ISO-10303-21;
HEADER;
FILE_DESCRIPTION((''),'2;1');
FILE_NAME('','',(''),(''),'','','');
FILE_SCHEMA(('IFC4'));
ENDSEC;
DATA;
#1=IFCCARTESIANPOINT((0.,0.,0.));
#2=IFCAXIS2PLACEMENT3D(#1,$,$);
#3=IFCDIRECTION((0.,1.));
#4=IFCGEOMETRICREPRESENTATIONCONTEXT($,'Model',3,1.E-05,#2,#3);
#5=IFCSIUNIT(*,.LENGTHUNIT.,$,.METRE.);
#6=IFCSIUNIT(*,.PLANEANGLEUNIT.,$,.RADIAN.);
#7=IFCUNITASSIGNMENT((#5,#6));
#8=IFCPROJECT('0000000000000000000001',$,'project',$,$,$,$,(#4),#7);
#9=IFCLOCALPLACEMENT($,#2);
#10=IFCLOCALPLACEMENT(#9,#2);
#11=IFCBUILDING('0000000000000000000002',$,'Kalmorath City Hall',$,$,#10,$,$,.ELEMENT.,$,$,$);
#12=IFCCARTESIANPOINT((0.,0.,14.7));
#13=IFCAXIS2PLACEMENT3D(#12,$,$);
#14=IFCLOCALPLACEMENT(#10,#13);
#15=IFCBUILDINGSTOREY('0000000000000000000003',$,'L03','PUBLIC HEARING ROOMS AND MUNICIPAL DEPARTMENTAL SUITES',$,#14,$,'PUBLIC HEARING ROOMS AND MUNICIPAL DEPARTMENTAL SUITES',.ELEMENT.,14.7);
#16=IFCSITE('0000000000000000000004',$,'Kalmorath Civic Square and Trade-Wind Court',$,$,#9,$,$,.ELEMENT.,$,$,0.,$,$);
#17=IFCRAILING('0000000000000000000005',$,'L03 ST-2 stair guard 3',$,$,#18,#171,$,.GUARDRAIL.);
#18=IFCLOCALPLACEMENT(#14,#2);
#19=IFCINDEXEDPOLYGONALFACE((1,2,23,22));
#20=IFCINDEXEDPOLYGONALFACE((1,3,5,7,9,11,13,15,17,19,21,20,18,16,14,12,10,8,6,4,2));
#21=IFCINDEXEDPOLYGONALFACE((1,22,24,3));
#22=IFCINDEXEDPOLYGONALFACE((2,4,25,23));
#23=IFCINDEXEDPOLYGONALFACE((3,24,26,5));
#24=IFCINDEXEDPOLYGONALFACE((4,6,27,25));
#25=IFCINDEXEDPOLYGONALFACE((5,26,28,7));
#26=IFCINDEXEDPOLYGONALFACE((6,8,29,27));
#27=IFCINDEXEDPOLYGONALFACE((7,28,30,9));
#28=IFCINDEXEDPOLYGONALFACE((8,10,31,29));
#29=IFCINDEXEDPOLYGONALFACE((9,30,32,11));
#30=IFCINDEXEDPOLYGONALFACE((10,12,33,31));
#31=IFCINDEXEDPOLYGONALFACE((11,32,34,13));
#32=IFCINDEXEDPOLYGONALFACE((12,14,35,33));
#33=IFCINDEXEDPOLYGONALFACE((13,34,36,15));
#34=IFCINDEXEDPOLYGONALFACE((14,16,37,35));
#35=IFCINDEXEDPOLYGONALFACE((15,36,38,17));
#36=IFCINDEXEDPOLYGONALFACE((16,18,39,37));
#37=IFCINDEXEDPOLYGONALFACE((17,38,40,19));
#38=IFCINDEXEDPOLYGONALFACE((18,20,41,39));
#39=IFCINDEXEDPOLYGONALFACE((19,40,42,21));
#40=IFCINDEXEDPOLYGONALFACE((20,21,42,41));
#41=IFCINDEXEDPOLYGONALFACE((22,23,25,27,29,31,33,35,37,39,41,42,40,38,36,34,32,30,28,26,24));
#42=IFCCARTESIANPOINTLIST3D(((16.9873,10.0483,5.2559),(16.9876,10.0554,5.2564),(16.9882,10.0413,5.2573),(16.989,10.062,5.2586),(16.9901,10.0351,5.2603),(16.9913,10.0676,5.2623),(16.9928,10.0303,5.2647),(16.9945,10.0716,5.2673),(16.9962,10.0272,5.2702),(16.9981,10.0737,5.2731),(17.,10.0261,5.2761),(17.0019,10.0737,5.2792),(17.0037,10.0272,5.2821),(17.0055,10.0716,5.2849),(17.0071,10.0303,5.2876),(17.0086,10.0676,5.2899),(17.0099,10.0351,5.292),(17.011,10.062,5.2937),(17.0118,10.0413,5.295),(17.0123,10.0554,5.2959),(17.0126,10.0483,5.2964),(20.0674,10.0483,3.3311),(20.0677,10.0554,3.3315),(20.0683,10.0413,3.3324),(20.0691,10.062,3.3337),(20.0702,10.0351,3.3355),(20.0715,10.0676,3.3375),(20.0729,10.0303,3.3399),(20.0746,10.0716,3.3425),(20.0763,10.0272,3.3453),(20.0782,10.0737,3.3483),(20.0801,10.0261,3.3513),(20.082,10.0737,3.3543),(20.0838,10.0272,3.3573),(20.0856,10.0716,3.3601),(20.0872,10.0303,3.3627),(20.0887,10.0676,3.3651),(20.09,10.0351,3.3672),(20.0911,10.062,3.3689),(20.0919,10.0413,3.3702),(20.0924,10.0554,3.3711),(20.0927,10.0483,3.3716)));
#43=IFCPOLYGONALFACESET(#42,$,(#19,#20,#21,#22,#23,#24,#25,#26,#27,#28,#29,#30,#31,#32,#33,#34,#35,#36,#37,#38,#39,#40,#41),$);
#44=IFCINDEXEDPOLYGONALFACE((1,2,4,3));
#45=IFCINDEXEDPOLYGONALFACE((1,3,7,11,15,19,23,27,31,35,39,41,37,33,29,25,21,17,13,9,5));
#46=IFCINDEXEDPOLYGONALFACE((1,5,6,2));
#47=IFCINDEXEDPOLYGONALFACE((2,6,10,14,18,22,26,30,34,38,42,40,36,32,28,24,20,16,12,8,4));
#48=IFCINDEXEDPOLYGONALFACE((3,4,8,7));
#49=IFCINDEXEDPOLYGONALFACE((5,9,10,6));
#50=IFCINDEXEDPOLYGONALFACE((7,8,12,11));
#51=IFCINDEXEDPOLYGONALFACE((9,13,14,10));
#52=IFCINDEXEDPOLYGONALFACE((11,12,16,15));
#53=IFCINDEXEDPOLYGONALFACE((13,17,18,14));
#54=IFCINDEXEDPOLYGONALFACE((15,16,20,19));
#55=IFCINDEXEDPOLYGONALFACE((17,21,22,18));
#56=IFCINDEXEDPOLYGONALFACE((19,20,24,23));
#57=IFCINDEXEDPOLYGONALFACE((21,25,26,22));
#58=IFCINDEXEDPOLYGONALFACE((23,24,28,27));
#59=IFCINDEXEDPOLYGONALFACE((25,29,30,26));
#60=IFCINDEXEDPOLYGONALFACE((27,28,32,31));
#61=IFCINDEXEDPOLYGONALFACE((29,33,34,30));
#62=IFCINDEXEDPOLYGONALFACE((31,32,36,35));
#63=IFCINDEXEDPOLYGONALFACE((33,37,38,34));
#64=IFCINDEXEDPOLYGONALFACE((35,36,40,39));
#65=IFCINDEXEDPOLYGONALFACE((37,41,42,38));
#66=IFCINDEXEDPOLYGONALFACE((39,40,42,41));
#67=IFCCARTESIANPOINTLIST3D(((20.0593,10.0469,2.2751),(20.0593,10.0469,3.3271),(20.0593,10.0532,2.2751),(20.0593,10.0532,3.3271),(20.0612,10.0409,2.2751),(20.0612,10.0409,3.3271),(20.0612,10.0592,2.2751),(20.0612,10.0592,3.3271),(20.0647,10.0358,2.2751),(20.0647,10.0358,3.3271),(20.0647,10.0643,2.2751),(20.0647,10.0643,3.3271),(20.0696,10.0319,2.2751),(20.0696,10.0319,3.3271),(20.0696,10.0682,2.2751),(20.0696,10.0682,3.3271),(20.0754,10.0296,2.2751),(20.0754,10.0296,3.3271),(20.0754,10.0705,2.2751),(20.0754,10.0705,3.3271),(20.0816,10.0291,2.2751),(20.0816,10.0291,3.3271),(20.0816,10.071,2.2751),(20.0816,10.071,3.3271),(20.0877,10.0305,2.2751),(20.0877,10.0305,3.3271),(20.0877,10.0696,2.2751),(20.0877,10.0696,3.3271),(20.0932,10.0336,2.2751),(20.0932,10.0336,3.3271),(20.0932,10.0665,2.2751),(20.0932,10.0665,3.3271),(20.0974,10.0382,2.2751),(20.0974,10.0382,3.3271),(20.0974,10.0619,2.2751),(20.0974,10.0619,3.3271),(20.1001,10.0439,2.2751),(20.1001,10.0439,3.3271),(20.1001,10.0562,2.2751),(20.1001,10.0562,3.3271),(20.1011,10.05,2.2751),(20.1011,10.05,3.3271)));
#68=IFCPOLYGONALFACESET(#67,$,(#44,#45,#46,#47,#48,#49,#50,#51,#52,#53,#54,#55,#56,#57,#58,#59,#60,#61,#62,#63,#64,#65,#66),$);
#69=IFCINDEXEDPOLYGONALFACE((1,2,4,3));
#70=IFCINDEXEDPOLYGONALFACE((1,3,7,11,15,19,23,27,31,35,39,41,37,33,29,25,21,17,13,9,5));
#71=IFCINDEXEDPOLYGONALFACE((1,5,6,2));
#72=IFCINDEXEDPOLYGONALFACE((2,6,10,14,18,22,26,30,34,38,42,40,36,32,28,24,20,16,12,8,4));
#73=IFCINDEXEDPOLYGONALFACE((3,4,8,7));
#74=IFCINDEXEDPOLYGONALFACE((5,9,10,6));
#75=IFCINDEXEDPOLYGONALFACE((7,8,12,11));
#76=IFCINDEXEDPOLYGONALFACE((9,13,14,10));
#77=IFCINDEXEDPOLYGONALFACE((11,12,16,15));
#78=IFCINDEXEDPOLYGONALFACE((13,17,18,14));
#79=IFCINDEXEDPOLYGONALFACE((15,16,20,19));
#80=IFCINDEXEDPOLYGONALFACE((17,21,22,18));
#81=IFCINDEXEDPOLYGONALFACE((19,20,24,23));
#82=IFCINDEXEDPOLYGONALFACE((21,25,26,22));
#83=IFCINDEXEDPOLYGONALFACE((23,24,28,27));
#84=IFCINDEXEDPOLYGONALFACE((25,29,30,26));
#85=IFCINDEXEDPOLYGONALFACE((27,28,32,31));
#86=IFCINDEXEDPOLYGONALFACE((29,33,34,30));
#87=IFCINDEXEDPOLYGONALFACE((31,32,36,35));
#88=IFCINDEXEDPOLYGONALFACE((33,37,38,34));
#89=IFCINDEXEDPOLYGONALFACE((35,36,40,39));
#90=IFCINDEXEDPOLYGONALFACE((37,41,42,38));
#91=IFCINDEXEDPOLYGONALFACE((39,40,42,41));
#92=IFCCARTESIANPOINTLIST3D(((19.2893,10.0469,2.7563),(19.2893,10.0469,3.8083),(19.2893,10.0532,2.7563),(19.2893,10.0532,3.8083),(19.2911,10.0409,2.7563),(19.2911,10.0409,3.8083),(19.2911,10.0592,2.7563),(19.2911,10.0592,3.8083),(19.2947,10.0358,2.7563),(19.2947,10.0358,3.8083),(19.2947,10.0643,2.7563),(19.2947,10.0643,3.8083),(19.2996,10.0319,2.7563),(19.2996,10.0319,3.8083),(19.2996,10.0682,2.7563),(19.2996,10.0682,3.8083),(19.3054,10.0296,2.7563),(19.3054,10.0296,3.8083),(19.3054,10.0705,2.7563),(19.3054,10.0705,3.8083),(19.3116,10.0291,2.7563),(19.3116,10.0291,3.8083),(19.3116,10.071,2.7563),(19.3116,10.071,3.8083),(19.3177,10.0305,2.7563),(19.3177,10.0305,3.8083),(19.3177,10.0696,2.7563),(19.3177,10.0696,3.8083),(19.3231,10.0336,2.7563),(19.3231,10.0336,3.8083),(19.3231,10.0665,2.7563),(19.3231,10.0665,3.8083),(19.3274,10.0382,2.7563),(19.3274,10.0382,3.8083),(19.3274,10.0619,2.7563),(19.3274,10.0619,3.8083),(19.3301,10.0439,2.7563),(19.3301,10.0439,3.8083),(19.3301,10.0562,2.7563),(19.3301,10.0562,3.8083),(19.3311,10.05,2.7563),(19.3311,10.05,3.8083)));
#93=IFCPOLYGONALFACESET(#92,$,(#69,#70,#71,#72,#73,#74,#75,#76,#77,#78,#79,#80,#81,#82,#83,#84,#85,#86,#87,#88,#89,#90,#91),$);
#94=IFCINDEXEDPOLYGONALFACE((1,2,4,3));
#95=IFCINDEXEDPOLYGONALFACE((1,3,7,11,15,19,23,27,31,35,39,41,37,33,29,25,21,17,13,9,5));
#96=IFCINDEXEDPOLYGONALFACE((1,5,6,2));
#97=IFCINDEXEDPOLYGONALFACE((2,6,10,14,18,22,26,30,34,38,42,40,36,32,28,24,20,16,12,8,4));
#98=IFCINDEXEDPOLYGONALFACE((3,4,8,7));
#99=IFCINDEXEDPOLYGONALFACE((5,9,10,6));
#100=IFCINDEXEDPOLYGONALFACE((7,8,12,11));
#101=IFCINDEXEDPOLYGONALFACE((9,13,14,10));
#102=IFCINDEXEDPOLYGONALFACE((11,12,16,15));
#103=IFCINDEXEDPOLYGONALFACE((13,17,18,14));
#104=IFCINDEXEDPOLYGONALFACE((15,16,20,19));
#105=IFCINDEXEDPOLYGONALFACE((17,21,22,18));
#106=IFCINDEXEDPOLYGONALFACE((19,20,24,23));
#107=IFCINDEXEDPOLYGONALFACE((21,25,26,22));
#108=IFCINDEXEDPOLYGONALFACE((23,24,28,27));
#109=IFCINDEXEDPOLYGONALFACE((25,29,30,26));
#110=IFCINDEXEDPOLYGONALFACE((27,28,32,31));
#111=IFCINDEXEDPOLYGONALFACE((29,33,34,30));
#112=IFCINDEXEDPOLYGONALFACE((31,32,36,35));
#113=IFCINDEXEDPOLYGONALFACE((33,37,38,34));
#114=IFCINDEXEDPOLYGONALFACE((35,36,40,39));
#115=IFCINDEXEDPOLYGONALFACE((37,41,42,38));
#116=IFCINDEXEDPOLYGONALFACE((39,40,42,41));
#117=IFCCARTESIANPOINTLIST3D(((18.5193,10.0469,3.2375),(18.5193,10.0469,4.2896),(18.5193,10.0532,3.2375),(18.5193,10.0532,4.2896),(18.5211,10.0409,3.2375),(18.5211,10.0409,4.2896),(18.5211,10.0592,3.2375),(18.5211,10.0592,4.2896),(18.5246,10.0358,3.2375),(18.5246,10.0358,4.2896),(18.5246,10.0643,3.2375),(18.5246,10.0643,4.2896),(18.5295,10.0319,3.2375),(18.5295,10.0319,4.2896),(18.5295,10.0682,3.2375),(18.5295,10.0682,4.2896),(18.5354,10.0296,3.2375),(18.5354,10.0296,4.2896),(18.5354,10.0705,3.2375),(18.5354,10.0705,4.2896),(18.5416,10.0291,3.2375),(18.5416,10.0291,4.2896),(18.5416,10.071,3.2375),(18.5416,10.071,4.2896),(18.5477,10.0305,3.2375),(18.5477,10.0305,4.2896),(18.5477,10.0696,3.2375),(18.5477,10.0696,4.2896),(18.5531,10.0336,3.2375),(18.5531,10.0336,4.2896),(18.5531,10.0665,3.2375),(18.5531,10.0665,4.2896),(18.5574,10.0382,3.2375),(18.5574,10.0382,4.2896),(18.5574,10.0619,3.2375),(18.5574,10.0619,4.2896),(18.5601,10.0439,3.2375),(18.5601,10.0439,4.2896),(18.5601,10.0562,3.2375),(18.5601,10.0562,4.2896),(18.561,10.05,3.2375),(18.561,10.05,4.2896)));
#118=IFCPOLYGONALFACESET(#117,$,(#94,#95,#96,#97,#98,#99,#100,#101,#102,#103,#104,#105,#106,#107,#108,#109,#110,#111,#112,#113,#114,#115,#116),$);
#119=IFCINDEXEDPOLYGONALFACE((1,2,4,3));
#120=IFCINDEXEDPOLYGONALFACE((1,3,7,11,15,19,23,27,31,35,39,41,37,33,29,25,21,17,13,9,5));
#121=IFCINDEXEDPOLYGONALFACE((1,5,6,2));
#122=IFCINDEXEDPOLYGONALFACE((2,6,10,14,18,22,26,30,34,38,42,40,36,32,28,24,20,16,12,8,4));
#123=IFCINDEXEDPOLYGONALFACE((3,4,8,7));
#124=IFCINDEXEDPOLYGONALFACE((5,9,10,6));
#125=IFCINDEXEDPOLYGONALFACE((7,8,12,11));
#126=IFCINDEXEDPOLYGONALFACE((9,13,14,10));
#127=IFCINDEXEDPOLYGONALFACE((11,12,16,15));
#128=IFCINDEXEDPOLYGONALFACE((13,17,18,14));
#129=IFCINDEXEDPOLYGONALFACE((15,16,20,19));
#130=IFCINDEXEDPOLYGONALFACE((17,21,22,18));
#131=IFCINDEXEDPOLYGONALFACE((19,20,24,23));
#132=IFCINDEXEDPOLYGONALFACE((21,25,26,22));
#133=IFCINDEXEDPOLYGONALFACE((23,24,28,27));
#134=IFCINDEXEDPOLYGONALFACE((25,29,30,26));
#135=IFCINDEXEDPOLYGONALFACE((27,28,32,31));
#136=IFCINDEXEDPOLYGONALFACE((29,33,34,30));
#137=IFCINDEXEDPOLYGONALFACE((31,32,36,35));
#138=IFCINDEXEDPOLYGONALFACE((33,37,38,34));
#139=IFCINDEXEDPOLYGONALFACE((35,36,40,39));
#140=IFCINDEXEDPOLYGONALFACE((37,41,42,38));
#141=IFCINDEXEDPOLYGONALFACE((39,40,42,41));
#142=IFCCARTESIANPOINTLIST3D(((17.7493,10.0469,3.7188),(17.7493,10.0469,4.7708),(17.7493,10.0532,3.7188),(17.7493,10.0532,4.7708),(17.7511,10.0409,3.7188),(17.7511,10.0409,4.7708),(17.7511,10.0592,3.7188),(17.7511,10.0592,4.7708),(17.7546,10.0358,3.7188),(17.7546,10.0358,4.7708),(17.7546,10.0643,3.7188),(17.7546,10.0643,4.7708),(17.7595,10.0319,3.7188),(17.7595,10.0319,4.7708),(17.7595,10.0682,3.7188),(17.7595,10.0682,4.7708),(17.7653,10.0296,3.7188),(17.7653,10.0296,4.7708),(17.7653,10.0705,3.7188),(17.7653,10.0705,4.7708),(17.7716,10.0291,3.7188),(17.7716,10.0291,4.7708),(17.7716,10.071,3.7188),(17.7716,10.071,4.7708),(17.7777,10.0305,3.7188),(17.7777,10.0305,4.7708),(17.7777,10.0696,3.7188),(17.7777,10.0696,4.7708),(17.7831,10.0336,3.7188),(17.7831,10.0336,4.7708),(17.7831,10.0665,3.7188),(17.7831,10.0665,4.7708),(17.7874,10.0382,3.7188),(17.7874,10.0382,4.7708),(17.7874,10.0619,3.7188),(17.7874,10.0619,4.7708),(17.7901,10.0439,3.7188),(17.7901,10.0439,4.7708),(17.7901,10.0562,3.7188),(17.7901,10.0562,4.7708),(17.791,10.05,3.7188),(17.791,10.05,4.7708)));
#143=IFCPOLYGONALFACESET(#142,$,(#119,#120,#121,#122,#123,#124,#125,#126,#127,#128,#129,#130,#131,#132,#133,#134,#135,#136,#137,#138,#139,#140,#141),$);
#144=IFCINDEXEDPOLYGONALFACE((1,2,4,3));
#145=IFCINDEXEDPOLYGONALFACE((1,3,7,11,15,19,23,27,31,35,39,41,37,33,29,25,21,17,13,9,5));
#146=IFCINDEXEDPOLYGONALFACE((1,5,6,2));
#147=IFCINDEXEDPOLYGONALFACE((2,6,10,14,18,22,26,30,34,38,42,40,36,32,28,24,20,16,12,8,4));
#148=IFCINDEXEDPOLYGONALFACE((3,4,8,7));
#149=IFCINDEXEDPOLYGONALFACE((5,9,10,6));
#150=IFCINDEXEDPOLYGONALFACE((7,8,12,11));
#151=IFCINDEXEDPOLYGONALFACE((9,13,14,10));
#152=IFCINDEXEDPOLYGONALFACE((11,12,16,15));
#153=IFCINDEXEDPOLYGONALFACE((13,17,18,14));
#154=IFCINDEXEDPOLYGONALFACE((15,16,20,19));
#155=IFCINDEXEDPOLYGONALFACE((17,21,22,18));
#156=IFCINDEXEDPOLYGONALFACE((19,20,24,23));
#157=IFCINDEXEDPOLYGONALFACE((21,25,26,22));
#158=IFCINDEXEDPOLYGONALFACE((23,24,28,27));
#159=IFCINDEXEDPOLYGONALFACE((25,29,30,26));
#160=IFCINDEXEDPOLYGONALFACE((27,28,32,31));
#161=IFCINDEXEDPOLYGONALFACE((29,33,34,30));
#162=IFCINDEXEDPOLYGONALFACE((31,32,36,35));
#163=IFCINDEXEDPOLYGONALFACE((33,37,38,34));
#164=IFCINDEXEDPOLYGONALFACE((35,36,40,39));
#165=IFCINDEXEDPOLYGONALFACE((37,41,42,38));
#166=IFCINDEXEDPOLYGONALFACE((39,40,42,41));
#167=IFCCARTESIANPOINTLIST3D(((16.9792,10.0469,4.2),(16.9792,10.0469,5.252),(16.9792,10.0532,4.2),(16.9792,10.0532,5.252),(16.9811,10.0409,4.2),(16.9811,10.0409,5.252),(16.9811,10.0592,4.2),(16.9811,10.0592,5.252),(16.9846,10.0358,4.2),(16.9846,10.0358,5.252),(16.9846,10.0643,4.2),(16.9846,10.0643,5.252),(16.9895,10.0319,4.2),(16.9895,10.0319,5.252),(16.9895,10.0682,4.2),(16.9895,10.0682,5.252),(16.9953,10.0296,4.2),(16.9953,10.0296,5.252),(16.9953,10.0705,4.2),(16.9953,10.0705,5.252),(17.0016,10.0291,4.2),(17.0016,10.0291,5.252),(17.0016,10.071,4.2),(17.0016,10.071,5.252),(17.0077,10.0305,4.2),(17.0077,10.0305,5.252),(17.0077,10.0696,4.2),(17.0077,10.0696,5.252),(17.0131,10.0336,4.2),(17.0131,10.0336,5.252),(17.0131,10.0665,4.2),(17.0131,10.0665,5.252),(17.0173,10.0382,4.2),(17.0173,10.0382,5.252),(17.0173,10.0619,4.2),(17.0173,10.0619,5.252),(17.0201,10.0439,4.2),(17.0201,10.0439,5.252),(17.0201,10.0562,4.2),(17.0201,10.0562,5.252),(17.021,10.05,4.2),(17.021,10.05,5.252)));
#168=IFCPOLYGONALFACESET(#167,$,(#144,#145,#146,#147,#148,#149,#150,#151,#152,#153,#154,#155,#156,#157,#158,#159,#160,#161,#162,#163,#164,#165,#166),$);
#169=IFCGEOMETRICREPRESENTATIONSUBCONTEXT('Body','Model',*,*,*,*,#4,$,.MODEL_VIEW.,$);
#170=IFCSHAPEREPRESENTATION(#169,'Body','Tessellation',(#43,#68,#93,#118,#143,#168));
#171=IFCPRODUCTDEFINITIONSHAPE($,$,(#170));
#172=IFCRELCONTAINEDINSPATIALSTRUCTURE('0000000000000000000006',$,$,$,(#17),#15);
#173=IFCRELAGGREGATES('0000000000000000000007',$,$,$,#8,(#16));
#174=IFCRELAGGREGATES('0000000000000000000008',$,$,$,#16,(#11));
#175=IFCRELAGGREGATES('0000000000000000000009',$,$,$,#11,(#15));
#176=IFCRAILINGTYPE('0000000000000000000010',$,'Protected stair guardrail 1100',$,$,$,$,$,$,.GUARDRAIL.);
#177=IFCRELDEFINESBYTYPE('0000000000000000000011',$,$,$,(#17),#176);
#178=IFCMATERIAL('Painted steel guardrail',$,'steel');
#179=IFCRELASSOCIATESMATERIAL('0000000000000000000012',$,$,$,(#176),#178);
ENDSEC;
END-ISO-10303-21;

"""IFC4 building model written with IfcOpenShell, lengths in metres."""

from ifc_helpers import new_model, si_unit, direction, frame, origin, origin_2d, place, context, subcontext, project, spatial, circle, extrude, material, type_object, element, save


model = new_model("IFC4")

# Units and contexts
model_context = context("Model", 3, precision=1e-05, world=origin(), true_north=direction((0.0, 1.0)))
body_context = subcontext(model_context, "Body", "Model", "MODEL_VIEW")
ifc_project = project(units=[si_unit("LENGTHUNIT", "METRE"), si_unit("PLANEANGLEUNIT", "RADIAN")], contexts=[model_context])

# Site, building, storey
site_placement = place(None, origin())
site = spatial("IfcSite", under=ifc_project, at=site_placement, Name="Kalmorath Civic Square and Trade-Wind Court", CompositionType="ELEMENT", RefElevation=0.0)
building_placement = place(site_placement, origin())
building = spatial("IfcBuilding", under=site, at=building_placement, Name="Kalmorath City Hall", CompositionType="ELEMENT")
storey_placement = place(building_placement, frame((0.0, 0.0, 14.7)))
storey = spatial("IfcBuildingStorey", under=building, at=storey_placement, Name="L03", Description="PUBLIC HEARING ROOMS AND MUNICIPAL DEPARTMENTAL SUITES", LongName="PUBLIC HEARING ROOMS AND MUNICIPAL DEPARTMENTAL SUITES", CompositionType="ELEMENT", Elevation=14.7)

# Railing
ifc_material_1 = material(Name="Painted steel guardrail", Category="steel")
railing_type_1 = type_object("IfcRailingType", Name="Protected stair guardrail 1100", PredefinedType="GUARDRAIL", material=ifc_material_1)
railing_1_placement = place(storey_placement, frame((20.0801, 10.05, 2.2751)))
element("IfcRailing", 1, at=railing_1_placement, inside=storey, type_object=railing_type_1, Name="L03 ST-2 stair guard 3", PredefinedType="GUARDRAIL", context=body_context, shape_type="SweptSolid", body=[
    extrude(circle(Radius=0.0239, at=origin_2d()), frame((0.0, 0.0, 1.0762), z_axis=(-0.848029, 0.0, 0.529951), x_axis=(0.0, -1.0, 0.0)), (0.0, 0.0, 1.0), 3.6321),
    extrude(circle(Radius=0.021, at=origin_2d()), origin(), (0.0, 0.0, 1.0), 1.052),
    extrude(circle(Radius=0.021, at=origin_2d()), frame((-0.77, 0.0, 0.4812)), (0.0, 0.0, 1.0), 1.052),
    extrude(circle(Radius=0.021, at=origin_2d()), frame((-1.54, 0.0, 0.9624)), (0.0, 0.0, 1.0), 1.052),
    extrude(circle(Radius=0.021, at=origin_2d()), frame((-2.3101, 0.0, 1.4436)), (0.0, 0.0, 1.0), 1.052),
    extrude(circle(Radius=0.021, at=origin_2d()), frame((-3.0801, 0.0, 1.9248)), (0.0, 0.0, 1.0), 1.052),
])

save(model, "model.ifc")
